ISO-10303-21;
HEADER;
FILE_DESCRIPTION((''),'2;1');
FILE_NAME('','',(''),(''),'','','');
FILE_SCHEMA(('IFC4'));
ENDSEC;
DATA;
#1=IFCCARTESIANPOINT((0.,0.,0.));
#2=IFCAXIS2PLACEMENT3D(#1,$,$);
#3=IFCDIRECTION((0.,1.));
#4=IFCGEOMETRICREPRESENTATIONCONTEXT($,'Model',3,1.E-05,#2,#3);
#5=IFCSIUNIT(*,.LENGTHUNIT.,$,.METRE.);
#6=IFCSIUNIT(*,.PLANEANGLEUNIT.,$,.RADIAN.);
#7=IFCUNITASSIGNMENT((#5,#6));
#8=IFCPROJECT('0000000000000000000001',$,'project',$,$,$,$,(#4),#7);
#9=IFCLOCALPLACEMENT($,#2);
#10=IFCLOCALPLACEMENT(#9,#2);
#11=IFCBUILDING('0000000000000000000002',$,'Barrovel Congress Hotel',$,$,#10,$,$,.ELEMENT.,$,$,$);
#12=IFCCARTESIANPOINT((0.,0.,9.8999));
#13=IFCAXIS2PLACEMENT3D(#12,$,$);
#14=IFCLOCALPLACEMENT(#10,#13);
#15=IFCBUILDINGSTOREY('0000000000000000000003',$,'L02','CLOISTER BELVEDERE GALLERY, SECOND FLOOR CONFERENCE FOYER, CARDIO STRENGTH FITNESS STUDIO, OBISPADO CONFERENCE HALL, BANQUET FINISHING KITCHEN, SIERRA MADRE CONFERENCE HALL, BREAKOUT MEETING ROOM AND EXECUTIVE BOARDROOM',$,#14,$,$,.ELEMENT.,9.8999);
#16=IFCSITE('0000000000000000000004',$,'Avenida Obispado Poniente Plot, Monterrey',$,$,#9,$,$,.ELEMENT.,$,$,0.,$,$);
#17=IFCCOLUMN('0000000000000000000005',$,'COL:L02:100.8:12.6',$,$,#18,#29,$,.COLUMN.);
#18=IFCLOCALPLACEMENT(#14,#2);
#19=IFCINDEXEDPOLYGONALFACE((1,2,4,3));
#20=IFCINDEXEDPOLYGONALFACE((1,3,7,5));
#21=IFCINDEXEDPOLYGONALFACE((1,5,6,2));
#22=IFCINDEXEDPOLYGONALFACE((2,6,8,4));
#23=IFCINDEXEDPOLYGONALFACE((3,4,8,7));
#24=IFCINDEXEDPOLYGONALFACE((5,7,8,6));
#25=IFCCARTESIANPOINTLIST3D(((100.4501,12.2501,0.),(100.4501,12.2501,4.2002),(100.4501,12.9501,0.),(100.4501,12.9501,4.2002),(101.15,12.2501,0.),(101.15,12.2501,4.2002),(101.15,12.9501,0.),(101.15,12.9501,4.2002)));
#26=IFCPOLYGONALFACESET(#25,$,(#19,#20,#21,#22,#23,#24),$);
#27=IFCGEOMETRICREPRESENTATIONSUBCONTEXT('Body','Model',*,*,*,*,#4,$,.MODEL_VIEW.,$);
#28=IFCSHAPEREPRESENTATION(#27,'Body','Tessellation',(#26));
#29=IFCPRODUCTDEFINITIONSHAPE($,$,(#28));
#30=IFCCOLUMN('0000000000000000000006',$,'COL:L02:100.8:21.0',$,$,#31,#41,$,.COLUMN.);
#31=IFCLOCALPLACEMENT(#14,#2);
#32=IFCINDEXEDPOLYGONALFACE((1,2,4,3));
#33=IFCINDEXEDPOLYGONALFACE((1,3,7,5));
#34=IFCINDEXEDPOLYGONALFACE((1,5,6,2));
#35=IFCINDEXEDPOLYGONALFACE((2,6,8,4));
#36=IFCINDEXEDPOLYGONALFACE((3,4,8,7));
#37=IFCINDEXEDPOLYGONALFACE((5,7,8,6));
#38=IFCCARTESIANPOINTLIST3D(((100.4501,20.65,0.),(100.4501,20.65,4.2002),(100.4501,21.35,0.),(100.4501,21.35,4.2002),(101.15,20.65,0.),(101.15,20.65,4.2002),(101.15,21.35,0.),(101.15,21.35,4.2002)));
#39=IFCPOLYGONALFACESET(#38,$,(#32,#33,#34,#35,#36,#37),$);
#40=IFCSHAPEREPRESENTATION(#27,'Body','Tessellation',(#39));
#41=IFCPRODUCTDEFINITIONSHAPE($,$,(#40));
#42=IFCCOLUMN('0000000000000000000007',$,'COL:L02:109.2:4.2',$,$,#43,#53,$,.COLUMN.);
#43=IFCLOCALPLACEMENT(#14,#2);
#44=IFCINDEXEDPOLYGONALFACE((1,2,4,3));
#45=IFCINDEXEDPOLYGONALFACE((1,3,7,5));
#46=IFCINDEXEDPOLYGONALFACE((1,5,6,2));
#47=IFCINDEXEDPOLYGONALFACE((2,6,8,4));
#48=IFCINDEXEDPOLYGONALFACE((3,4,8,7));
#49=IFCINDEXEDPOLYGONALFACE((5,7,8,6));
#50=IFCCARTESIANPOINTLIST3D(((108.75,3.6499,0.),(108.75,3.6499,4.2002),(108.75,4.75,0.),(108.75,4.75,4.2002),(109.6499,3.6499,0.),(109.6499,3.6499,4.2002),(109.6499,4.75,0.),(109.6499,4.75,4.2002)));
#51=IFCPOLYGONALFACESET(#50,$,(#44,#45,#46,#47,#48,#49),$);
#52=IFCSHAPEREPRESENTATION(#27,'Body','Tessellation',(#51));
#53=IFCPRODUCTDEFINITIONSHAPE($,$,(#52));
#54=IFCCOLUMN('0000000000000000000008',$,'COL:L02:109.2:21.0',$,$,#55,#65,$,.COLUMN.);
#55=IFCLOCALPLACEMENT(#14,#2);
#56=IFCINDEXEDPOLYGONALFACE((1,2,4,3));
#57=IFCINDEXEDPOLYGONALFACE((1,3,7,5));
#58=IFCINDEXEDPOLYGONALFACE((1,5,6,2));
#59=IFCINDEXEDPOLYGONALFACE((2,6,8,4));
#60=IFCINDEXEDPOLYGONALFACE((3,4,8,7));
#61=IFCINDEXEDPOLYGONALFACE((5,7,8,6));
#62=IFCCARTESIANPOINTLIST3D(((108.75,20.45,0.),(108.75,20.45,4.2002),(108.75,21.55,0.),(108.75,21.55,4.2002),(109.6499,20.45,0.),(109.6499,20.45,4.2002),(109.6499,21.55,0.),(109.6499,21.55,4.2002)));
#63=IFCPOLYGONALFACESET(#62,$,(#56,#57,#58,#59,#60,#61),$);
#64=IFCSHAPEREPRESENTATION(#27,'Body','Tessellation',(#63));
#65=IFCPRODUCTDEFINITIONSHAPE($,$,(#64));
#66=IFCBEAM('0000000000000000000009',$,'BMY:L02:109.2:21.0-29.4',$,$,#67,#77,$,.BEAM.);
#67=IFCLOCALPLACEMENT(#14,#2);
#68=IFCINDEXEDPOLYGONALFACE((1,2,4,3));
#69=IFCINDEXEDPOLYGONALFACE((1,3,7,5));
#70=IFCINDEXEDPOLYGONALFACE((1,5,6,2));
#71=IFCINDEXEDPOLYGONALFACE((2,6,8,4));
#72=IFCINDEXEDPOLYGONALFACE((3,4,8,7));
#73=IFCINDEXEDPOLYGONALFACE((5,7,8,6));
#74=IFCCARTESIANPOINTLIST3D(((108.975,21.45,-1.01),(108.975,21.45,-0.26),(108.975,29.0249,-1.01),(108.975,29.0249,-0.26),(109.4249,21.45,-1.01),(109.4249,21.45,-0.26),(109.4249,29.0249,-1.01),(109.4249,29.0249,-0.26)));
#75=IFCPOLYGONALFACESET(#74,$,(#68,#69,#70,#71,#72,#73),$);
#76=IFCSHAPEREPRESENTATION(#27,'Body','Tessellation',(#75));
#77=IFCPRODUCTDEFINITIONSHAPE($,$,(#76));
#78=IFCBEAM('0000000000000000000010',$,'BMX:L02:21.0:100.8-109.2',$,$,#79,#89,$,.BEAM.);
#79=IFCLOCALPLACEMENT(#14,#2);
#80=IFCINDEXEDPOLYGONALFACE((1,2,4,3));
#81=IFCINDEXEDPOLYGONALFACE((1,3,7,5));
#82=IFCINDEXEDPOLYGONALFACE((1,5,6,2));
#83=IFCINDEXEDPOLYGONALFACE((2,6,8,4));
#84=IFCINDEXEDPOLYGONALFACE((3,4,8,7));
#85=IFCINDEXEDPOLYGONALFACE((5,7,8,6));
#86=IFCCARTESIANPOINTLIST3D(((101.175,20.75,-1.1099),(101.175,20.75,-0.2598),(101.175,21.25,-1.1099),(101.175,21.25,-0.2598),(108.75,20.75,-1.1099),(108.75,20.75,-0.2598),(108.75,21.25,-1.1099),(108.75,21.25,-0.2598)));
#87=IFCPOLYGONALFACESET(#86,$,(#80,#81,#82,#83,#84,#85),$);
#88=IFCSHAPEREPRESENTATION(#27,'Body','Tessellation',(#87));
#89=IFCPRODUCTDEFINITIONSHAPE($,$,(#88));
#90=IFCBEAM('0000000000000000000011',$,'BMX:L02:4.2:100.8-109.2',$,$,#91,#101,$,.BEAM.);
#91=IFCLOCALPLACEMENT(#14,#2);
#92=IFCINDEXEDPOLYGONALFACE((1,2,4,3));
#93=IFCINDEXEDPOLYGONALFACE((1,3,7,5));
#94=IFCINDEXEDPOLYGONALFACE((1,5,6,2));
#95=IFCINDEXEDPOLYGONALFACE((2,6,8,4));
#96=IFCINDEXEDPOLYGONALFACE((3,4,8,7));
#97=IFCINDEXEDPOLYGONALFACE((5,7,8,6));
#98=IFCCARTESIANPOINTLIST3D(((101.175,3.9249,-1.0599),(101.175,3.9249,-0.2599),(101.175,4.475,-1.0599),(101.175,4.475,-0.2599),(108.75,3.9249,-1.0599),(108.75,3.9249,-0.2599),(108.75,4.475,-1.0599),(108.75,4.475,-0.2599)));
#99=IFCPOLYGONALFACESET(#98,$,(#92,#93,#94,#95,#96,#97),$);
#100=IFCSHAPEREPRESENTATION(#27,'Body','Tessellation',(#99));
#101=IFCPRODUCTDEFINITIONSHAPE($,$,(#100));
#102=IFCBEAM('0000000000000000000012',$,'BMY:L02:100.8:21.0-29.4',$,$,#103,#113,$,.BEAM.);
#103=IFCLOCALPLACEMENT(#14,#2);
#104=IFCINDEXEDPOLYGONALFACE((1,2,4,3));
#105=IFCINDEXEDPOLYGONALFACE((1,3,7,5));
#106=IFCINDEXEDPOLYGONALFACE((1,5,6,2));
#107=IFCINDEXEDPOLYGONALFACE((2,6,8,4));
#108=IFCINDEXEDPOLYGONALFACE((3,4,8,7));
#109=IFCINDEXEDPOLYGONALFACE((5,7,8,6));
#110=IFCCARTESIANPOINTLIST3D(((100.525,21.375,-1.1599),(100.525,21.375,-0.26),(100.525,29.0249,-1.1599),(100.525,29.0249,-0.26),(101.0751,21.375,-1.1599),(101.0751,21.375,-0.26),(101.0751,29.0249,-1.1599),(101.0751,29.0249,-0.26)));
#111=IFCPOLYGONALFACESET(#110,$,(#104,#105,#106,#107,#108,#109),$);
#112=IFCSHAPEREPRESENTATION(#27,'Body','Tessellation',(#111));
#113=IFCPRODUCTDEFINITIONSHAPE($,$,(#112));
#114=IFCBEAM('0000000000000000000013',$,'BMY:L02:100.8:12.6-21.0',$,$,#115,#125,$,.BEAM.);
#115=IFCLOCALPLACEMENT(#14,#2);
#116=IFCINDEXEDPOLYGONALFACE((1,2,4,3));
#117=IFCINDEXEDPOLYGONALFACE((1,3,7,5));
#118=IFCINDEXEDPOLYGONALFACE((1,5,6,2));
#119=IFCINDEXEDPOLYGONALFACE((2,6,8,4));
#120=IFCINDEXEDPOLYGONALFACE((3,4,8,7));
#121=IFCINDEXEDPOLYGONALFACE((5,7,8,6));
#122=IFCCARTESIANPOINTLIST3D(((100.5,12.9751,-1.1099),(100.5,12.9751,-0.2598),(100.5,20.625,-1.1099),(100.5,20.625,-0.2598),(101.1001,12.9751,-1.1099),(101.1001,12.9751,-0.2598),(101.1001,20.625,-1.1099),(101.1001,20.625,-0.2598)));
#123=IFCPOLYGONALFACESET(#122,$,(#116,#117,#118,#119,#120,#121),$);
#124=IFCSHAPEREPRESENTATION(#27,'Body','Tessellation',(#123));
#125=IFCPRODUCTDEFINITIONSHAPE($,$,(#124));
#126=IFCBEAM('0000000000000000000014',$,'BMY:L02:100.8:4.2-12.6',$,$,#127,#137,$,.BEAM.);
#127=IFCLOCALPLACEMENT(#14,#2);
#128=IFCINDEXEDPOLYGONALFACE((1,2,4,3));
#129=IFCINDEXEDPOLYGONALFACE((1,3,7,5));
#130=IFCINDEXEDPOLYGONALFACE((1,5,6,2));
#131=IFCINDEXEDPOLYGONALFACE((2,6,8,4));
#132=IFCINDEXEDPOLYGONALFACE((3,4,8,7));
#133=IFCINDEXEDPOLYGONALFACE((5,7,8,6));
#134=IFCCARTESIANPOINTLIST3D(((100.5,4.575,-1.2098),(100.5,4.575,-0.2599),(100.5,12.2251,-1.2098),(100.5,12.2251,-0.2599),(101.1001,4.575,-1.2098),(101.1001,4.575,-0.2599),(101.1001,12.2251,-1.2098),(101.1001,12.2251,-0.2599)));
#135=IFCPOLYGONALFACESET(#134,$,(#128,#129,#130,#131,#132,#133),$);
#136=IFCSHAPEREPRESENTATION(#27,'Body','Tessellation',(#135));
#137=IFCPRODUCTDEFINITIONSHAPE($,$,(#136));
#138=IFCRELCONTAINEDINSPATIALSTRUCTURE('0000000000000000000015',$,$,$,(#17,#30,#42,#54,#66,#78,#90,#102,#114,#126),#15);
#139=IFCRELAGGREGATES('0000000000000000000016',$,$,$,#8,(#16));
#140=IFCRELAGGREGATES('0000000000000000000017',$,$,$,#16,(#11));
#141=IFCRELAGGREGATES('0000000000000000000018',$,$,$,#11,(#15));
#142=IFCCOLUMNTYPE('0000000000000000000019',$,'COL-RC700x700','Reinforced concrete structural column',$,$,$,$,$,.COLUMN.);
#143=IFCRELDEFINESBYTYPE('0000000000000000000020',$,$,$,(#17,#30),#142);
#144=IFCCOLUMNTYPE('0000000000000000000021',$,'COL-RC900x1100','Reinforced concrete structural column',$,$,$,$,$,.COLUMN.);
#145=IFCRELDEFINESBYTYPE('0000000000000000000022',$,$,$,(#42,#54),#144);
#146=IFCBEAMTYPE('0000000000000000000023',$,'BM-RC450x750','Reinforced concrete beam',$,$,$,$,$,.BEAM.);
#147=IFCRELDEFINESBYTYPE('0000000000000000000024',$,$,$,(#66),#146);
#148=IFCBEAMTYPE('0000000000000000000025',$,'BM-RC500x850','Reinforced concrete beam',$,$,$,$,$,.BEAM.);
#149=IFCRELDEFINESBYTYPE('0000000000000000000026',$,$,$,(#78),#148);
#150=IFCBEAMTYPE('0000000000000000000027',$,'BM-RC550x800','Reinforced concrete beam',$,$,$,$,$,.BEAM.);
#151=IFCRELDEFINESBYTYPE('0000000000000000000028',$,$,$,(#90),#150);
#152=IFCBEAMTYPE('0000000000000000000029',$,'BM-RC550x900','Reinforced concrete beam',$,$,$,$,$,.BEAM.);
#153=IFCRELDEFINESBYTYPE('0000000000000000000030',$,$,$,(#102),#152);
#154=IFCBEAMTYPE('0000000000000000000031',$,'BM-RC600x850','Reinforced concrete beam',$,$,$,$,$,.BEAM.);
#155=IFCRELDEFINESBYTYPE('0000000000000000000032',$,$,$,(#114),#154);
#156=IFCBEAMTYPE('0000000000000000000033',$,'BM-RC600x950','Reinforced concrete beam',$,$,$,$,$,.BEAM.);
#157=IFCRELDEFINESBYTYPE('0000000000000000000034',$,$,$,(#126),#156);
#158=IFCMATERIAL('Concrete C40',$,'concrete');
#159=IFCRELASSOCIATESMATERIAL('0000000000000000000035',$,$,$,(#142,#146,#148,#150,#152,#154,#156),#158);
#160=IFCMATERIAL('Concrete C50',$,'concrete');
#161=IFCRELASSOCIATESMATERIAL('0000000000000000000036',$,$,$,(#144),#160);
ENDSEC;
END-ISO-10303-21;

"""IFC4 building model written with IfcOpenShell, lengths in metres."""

from ifc_helpers import new_model, si_unit, direction, frame, origin, origin_2d, place, context, subcontext, project, spatial, rectangle, extrude, material, material_profile, profile_set, type_object, element, save


model = new_model("IFC4")

# Units and contexts
model_context = context("Model", 3, precision=1e-05, world=origin(), true_north=direction((0.0, 1.0)))
body_context = subcontext(model_context, "Body", "Model", "MODEL_VIEW")
ifc_project = project(units=[si_unit("LENGTHUNIT", "METRE"), si_unit("PLANEANGLEUNIT", "RADIAN")], contexts=[model_context])

# Site, building, storey
site_placement = place(None, origin())
site = spatial("IfcSite", under=ifc_project, at=site_placement, Name="Avenida Obispado Poniente Plot, Monterrey", CompositionType="ELEMENT", RefElevation=0.0)
building_placement = place(site_placement, origin())
building = spatial("IfcBuilding", under=site, at=building_placement, Name="Barrovel Congress Hotel", CompositionType="ELEMENT")
storey_placement = place(building_placement, frame((0.0, 0.0, 9.8999)))
storey = spatial("IfcBuildingStorey", under=building, at=storey_placement, Name="L02", Description="CLOISTER BELVEDERE GALLERY, SECOND FLOOR CONFERENCE FOYER, CARDIO STRENGTH FITNESS STUDIO, OBISPADO CONFERENCE HALL, BANQUET FINISHING KITCHEN, SIERRA MADRE CONFERENCE HALL, BREAKOUT MEETING ROOM AND EXECUTIVE BOARDROOM", CompositionType="ELEMENT", Elevation=9.8999)

# Columns
ifc_material_1 = material(Name="Concrete C40", Category="concrete")
ifc_material_profile_1 = material_profile(ifc_material_1, rectangle(XDim=0.7, YDim=0.7, at=origin_2d()), Name="RC700x700")
ifc_profile_set_1 = profile_set([ifc_material_profile_1], Name="Concrete C40")
column_type_1 = type_object("IfcColumnType", Name="COL-RC700x700", Description="Reinforced concrete structural column", PredefinedType="COLUMN", material=ifc_profile_set_1)
for number, where, z_axis, x_axis, name in (
    (1, (100.8, 12.6001, 0.0), (0.0, 0.0, 1.0), (1.0, 0.0, 0.0), "COL:L02:100.8:12.6"),
    (2, (100.8, 21.0, 0.0), (0.0, 0.0, 1.0), (1.0, 0.0, 0.0), "COL:L02:100.8:21.0"),
):
    element("IfcColumn", number, at=place(storey_placement, frame(where, z_axis=z_axis, x_axis=x_axis)), inside=storey, type_object=column_type_1, Name=name, PredefinedType="COLUMN", context=body_context, shape_type="SweptSolid", body=[
        extrude(rectangle(XDim=0.7, YDim=0.7, at=origin_2d()), origin(), (0.0, 0.0, 1.0), 4.2002),
    ])
ifc_material_2 = material(Name="Concrete C50", Category="concrete")
ifc_material_profile_2 = material_profile(ifc_material_2, rectangle(XDim=0.8999, YDim=1.1001, at=origin_2d()), Name="RC900x1100")
ifc_profile_set_2 = profile_set([ifc_material_profile_2], Name="Concrete C50")
column_type_2 = type_object("IfcColumnType", Name="COL-RC900x1100", Description="Reinforced concrete structural column", PredefinedType="COLUMN", material=ifc_profile_set_2)
for number, where, z_axis, x_axis, name in (
    (3, (109.2, 4.2, 0.0), (0.0, 0.0, 1.0), (1.0, 0.0, 0.0), "COL:L02:109.2:4.2"),
    (4, (109.2, 21.0, 0.0), (0.0, 0.0, 1.0), (1.0, 0.0, 0.0), "COL:L02:109.2:21.0"),
):
    element("IfcColumn", number, at=place(storey_placement, frame(where, z_axis=z_axis, x_axis=x_axis)), inside=storey, type_object=column_type_2, Name=name, PredefinedType="COLUMN", context=body_context, shape_type="SweptSolid", body=[
        extrude(rectangle(XDim=0.8999, YDim=1.1001, at=origin_2d()), origin(), (0.0, 0.0, 1.0), 4.2002),
    ])

# Beams
ifc_material_profile_3 = material_profile(ifc_material_1, rectangle(XDim=0.45, YDim=0.75, at=origin_2d()), Name="RC450x750")
ifc_profile_set_3 = profile_set([ifc_material_profile_3], Name="Concrete C40")
beam_type_1 = type_object("IfcBeamType", Name="BM-RC450x750", Description="Reinforced concrete beam", PredefinedType="BEAM", material=ifc_profile_set_3)
beam_1_placement = place(storey_placement, frame((109.2, 21.45, -0.635), z_axis=(0.0, 1.0, 0.0), x_axis=(-1.0, 0.0, 0.0)))
element("IfcBeam", 5, at=beam_1_placement, inside=storey, type_object=beam_type_1, Name="BMY:L02:109.2:21.0-29.4", PredefinedType="BEAM", context=body_context, shape_type="SweptSolid", body=[
    extrude(rectangle(XDim=0.45, YDim=0.75, at=origin_2d()), origin(), (0.0, 0.0, 1.0), 7.575),
])
ifc_material_profile_4 = material_profile(ifc_material_1, rectangle(XDim=0.5, YDim=0.8501, at=origin_2d()), Name="RC500x850")
ifc_profile_set_4 = profile_set([ifc_material_profile_4], Name="Concrete C40")
beam_type_2 = type_object("IfcBeamType", Name="BM-RC500x850", Description="Reinforced concrete beam", PredefinedType="BEAM", material=ifc_profile_set_4)
beam_2_placement = place(storey_placement, frame((101.175, 21.0, -0.6848), z_axis=(1.0, 0.0, 0.0), x_axis=(0.0, 1.0, 0.0)))
element("IfcBeam", 6, at=beam_2_placement, inside=storey, type_object=beam_type_2, Name="BMX:L02:21.0:100.8-109.2", PredefinedType="BEAM", context=body_context, shape_type="SweptSolid", body=[
    extrude(rectangle(XDim=0.5, YDim=0.8501, at=origin_2d()), origin(), (0.0, 0.0, 1.0), 7.575),
])
ifc_material_profile_5 = material_profile(ifc_material_1, rectangle(XDim=0.55, YDim=0.8, at=origin_2d()), Name="RC550x800")
ifc_profile_set_5 = profile_set([ifc_material_profile_5], Name="Concrete C40")
beam_type_3 = type_object("IfcBeamType", Name="BM-RC550x800", Description="Reinforced concrete beam", PredefinedType="BEAM", material=ifc_profile_set_5)
beam_3_placement = place(storey_placement, frame((101.175, 4.2, -0.6599), z_axis=(1.0, 0.0, 0.0), x_axis=(0.0, 1.0, 0.0)))
element("IfcBeam", 7, at=beam_3_placement, inside=storey, type_object=beam_type_3, Name="BMX:L02:4.2:100.8-109.2", PredefinedType="BEAM", context=body_context, shape_type="SweptSolid", body=[
    extrude(rectangle(XDim=0.55, YDim=0.8, at=origin_2d()), origin(), (0.0, 0.0, 1.0), 7.575),
])
ifc_material_profile_6 = material_profile(ifc_material_1, rectangle(XDim=0.55, YDim=0.8999, at=origin_2d()), Name="RC550x900")
ifc_profile_set_6 = profile_set([ifc_material_profile_6], Name="Concrete C40")
beam_type_4 = type_object("IfcBeamType", Name="BM-RC550x900", Description="Reinforced concrete beam", PredefinedType="BEAM", material=ifc_profile_set_6)
beam_4_placement = place(storey_placement, frame((100.8, 21.375, -0.71), z_axis=(0.0, 1.0, 0.0), x_axis=(-1.0, 0.0, 0.0)))
element("IfcBeam", 8, at=beam_4_placement, inside=storey, type_object=beam_type_4, Name="BMY:L02:100.8:21.0-29.4", PredefinedType="BEAM", context=body_context, shape_type="SweptSolid", body=[
    extrude(rectangle(XDim=0.55, YDim=0.8999, at=origin_2d()), origin(), (0.0, 0.0, 1.0), 7.6499),
])
ifc_material_profile_7 = material_profile(ifc_material_1, rectangle(XDim=0.6001, YDim=0.8501, at=origin_2d()), Name="RC600x850")
ifc_profile_set_7 = profile_set([ifc_material_profile_7], Name="Concrete C40")
beam_type_5 = type_object("IfcBeamType", Name="BM-RC600x850", Description="Reinforced concrete beam", PredefinedType="BEAM", material=ifc_profile_set_7)
beam_5_placement = place(storey_placement, frame((100.8, 12.9751, -0.6848), z_axis=(0.0, 1.0, 0.0), x_axis=(-1.0, 0.0, 0.0)))
element("IfcBeam", 9, at=beam_5_placement, inside=storey, type_object=beam_type_5, Name="BMY:L02:100.8:12.6-21.0", PredefinedType="BEAM", context=body_context, shape_type="SweptSolid", body=[
    extrude(rectangle(XDim=0.6001, YDim=0.8501, at=origin_2d()), origin(), (0.0, 0.0, 1.0), 7.6499),
])
ifc_material_profile_8 = material_profile(ifc_material_1, rectangle(XDim=0.6001, YDim=0.95, at=origin_2d()), Name="RC600x950")
ifc_profile_set_8 = profile_set([ifc_material_profile_8], Name="Concrete C40")
beam_type_6 = type_object("IfcBeamType", Name="BM-RC600x950", Description="Reinforced concrete beam", PredefinedType="BEAM", material=ifc_profile_set_8)
beam_6_placement = place(storey_placement, frame((100.8, 4.575, -0.7349), z_axis=(0.0, 1.0, 0.0), x_axis=(-1.0, 0.0, 0.0)))
element("IfcBeam", 10, at=beam_6_placement, inside=storey, type_object=beam_type_6, Name="BMY:L02:100.8:4.2-12.6", PredefinedType="BEAM", context=body_context, shape_type="SweptSolid", body=[
    extrude(rectangle(XDim=0.6001, YDim=0.95, at=origin_2d()), origin(), (0.0, 0.0, 1.0), 7.6501),
])

save(model, "model.ifc")
